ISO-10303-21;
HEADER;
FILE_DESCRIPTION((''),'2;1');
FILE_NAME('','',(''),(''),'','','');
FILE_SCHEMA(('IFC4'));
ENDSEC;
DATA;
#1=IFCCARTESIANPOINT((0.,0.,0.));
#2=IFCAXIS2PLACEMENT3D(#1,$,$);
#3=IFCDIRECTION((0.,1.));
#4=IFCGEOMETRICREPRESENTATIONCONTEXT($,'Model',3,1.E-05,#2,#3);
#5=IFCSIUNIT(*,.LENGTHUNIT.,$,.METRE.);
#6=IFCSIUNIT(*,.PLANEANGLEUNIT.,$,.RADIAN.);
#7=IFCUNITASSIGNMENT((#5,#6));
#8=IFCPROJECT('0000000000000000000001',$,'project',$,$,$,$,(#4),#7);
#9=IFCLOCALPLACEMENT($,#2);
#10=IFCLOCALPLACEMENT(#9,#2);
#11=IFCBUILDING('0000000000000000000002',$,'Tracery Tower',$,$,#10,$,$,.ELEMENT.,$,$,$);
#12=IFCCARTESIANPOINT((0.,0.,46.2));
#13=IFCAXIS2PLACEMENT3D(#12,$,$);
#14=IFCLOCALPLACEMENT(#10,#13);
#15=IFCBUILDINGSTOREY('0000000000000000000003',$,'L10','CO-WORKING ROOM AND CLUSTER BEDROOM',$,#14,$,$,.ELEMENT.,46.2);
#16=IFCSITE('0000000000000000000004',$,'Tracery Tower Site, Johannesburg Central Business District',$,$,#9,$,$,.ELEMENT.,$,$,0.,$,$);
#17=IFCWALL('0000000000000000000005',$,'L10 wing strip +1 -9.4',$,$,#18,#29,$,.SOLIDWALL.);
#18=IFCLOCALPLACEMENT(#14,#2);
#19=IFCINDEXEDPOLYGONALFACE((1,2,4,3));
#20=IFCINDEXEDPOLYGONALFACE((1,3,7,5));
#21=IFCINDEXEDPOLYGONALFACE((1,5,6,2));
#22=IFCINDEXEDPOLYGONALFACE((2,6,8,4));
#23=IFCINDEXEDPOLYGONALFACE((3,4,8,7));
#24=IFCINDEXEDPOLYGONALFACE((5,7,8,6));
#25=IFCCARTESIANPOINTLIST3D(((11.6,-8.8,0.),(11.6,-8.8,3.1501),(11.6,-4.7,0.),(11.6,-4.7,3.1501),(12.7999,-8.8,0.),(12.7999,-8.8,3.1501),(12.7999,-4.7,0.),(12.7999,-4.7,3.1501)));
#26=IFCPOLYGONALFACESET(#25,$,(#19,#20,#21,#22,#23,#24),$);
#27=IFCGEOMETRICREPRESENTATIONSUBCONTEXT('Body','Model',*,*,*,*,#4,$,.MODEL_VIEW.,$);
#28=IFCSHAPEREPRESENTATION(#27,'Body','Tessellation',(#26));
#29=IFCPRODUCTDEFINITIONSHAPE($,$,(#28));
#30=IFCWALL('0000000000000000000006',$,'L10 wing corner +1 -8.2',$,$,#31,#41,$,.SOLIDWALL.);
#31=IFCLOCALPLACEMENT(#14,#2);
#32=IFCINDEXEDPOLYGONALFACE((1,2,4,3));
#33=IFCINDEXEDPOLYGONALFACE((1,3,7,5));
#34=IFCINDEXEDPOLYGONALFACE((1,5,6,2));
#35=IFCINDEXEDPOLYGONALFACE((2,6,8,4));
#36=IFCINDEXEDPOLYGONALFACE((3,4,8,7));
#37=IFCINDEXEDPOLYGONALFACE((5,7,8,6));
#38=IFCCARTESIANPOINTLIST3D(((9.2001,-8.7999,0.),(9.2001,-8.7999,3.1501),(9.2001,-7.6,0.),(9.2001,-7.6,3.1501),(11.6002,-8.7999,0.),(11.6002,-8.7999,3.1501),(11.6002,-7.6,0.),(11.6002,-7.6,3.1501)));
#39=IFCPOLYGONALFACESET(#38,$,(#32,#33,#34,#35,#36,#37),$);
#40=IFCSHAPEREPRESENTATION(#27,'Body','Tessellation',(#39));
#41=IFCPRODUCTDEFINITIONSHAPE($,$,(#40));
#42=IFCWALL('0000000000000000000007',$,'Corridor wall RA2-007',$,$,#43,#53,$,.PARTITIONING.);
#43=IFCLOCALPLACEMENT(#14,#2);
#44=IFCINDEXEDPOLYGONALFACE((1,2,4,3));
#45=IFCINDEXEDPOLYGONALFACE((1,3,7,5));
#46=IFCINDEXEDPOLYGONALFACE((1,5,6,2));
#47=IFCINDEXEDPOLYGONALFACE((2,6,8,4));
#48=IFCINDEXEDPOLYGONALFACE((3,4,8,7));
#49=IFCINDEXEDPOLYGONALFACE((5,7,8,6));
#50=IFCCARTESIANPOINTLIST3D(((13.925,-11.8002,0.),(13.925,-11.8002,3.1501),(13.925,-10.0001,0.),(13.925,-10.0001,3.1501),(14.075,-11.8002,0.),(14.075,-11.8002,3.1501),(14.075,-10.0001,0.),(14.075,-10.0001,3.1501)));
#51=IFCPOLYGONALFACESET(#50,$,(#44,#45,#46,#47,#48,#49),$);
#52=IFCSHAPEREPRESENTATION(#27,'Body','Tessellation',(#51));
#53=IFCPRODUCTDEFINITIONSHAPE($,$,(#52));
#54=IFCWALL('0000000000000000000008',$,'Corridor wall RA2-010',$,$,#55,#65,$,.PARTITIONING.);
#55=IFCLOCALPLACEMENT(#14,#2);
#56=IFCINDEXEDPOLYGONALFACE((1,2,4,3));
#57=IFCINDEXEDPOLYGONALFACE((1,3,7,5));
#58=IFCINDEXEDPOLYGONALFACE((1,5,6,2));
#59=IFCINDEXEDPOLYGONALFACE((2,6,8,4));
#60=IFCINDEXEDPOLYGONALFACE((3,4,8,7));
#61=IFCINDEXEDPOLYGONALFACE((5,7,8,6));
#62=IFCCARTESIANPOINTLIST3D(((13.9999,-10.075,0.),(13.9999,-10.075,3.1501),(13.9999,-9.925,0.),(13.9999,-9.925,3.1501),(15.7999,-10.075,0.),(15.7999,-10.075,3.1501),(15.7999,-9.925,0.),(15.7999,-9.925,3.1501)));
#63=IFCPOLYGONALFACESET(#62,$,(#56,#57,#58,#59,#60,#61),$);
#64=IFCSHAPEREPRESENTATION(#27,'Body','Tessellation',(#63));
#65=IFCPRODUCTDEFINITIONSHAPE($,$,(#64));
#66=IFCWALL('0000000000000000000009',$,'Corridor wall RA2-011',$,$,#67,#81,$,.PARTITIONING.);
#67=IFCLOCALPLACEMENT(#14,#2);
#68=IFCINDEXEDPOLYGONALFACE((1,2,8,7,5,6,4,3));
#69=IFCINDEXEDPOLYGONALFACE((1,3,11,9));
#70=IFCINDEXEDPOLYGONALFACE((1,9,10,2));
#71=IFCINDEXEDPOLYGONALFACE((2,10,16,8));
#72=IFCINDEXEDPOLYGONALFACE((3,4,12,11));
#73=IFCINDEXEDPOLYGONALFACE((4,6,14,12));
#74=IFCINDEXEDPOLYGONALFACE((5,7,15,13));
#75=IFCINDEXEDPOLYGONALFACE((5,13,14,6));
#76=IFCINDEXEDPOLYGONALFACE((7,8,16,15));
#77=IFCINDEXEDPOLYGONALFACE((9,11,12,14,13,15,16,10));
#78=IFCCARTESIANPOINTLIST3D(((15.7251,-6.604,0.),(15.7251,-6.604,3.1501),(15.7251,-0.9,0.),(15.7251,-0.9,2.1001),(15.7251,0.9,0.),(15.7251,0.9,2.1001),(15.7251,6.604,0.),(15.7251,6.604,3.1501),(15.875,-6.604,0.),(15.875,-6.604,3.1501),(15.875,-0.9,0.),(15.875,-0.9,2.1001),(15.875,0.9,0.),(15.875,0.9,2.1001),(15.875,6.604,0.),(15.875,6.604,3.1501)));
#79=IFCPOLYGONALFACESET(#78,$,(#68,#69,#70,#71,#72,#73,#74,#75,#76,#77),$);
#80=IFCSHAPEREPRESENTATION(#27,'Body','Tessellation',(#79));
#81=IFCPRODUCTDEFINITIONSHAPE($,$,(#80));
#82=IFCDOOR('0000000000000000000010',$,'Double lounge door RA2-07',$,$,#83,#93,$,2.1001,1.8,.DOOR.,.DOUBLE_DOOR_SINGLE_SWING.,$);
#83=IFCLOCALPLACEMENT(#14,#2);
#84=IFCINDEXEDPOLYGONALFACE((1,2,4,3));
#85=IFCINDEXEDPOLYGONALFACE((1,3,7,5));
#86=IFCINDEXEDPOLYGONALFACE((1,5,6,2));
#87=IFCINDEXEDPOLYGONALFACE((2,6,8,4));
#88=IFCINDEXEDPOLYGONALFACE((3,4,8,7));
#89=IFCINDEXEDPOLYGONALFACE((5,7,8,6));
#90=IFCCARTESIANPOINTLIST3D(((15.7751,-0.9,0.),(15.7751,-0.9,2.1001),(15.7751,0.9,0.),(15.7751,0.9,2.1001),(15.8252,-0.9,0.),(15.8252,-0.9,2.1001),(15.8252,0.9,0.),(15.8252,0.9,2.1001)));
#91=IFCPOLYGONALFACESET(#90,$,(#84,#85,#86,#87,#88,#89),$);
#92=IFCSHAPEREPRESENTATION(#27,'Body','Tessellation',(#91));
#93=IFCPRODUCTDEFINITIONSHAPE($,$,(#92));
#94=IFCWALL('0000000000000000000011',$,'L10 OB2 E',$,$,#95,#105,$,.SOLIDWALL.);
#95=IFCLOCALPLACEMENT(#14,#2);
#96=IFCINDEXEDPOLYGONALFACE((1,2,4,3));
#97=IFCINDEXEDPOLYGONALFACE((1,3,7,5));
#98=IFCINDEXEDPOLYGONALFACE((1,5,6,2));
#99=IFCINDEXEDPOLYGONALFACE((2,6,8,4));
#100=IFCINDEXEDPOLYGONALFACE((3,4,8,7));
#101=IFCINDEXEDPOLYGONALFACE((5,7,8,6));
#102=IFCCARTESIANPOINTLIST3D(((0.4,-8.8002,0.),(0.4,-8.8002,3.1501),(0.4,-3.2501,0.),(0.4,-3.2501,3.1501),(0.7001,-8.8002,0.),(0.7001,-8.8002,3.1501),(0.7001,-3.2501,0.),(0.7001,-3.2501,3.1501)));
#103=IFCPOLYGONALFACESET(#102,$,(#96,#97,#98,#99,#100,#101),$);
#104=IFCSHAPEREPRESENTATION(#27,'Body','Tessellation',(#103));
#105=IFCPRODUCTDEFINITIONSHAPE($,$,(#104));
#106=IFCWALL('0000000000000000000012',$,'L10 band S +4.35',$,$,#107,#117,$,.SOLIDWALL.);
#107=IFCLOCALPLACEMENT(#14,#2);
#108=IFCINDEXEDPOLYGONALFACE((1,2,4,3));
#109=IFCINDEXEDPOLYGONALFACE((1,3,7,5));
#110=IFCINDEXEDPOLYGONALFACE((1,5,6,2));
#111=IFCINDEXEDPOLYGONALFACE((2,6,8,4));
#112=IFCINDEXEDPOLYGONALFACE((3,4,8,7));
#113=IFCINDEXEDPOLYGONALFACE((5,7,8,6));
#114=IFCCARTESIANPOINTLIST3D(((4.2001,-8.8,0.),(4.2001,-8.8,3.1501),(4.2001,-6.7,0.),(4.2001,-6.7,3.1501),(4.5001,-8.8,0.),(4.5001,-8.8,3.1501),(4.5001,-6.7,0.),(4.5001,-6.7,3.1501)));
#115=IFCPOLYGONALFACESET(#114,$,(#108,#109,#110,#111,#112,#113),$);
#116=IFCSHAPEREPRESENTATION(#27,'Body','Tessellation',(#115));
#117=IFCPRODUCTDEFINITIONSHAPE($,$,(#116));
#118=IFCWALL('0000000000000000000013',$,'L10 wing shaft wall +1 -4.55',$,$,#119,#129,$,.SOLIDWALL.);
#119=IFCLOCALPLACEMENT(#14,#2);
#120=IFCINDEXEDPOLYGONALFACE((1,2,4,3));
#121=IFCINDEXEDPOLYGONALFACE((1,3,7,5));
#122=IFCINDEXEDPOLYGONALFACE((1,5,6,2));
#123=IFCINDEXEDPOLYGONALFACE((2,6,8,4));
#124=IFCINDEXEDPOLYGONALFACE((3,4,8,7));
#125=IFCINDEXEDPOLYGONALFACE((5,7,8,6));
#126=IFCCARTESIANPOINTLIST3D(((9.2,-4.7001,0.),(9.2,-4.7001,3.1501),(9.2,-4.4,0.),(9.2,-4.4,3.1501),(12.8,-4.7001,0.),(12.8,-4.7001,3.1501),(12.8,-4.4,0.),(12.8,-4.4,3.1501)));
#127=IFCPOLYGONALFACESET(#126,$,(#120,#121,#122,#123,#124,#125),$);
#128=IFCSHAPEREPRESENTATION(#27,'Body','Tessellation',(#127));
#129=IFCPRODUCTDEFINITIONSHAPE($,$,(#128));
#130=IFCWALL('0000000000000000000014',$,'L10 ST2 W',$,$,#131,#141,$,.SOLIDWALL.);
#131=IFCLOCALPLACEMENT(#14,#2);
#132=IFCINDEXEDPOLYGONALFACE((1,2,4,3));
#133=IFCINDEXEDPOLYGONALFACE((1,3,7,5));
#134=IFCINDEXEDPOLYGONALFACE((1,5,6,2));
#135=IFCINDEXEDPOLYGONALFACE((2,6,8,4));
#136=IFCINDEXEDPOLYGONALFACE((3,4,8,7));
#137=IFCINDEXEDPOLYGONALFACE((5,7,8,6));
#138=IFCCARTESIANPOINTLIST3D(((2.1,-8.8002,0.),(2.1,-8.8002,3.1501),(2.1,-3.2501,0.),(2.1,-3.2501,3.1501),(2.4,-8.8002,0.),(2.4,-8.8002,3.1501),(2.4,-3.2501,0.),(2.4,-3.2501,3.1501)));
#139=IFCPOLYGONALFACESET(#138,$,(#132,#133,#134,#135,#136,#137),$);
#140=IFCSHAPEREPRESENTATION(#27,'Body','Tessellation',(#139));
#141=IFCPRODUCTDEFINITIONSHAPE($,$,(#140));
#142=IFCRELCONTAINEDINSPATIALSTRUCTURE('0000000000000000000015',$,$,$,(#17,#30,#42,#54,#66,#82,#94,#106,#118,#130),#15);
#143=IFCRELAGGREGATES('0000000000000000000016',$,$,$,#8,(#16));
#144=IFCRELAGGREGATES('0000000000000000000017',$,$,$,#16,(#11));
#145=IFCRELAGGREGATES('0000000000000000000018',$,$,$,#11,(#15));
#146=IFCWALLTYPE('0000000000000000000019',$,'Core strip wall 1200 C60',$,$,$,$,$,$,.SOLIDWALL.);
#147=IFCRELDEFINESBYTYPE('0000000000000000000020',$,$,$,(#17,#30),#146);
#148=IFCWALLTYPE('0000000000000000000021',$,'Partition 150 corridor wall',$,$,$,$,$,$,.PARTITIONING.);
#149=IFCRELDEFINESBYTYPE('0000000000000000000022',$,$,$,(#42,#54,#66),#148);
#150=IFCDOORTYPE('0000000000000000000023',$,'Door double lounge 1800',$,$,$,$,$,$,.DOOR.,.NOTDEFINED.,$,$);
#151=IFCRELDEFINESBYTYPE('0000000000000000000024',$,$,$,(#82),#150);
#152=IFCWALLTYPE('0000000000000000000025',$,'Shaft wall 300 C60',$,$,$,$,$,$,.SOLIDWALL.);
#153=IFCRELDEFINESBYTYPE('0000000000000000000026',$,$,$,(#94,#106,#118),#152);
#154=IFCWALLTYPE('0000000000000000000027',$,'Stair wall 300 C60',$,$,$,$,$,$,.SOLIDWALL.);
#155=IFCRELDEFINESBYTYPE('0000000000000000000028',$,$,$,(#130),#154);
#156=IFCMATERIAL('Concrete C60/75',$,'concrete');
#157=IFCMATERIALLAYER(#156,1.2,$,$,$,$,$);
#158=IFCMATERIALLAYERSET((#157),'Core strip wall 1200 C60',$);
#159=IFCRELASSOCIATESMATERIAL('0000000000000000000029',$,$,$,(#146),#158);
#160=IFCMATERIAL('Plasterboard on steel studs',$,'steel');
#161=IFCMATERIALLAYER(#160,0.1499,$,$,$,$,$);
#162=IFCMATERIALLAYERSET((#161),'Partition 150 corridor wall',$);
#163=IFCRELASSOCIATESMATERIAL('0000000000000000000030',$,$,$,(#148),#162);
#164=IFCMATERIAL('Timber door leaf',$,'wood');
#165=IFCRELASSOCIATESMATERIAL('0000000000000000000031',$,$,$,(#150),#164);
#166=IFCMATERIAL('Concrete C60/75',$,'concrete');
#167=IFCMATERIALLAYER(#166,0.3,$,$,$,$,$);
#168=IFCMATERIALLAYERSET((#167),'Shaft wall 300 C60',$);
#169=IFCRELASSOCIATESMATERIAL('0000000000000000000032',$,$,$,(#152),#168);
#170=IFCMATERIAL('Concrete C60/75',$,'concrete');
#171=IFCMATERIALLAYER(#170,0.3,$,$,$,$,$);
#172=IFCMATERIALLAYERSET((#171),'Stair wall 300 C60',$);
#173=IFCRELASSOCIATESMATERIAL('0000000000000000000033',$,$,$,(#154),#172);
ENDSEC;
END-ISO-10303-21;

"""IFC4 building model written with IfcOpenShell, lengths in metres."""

from ifc_helpers import new_model, si_unit, direction, frame, frame_2d, origin, place, context, subcontext, project, spatial, rectangle, extrude, material, layer, layer_set, type_object, element, fill, save


model = new_model("IFC4")

# Units and contexts
model_context = context("Model", 3, precision=1e-05, world=origin(), true_north=direction((0.0, 1.0)))
body_context = subcontext(model_context, "Body", "Model", "MODEL_VIEW")
ifc_project = project(units=[si_unit("LENGTHUNIT", "METRE"), si_unit("PLANEANGLEUNIT", "RADIAN")], contexts=[model_context])

# Site, building, storey
site_placement = place(None, origin())
site = spatial("IfcSite", under=ifc_project, at=site_placement, Name="Tracery Tower Site, Johannesburg Central Business District", CompositionType="ELEMENT", RefElevation=0.0)
building_placement = place(site_placement, origin())
building = spatial("IfcBuilding", under=site, at=building_placement, Name="Tracery Tower", CompositionType="ELEMENT")
storey_placement = place(building_placement, frame((0.0, 0.0, 46.2)))
storey = spatial("IfcBuildingStorey", under=building, at=storey_placement, Name="L10", Description="CO-WORKING ROOM AND CLUSTER BEDROOM", CompositionType="ELEMENT", Elevation=46.2)

# Walls
ifc_material_1 = material(Name="Concrete C60/75", Category="concrete")
ifc_layer_1 = layer(ifc_material_1, 1.2)
ifc_layer_set_1 = layer_set([ifc_layer_1], Name="Core strip wall 1200 C60")
wall_type_1 = type_object("IfcWallType", Name="Core strip wall 1200 C60", PredefinedType="SOLIDWALL", material=ifc_layer_set_1)
wall_1_placement = place(storey_placement, frame((12.2, -8.8, 0.0), z_axis=(0.0, 0.0, 1.0), x_axis=(0.0, 1.0, 0.0)))
element("IfcWall", 1, at=wall_1_placement, inside=storey, type_object=wall_type_1, Name="L10 wing strip +1 -9.4", PredefinedType="SOLIDWALL", context=body_context, shape_type="SweptSolid", body=[
    extrude(rectangle(XDim=4.1001, YDim=1.2, at=frame_2d((2.05, 0.0))), origin(), (0.0, 0.0, 1.0), 3.1501),
])
wall_2_placement = place(storey_placement, frame((9.2, -8.2, 0.0), z_axis=(0.0, 0.0, 1.0), x_axis=(1.0, 0.0, 0.0)))
element("IfcWall", 2, at=wall_2_placement, inside=storey, type_object=wall_type_1, Name="L10 wing corner +1 -8.2", PredefinedType="SOLIDWALL", context=body_context, shape_type="SweptSolid", body=[
    extrude(rectangle(XDim=2.4001, YDim=1.2, at=frame_2d((1.2002, 0.0))), origin(), (0.0, 0.0, 1.0), 3.1501),
])

# Walls
ifc_material_2 = material(Name="Plasterboard on steel studs", Category="steel")
ifc_layer_2 = layer(ifc_material_2, 0.1499)
ifc_layer_set_2 = layer_set([ifc_layer_2], Name="Partition 150 corridor wall")
wall_type_2 = type_object("IfcWallType", Name="Partition 150 corridor wall", PredefinedType="PARTITIONING", material=ifc_layer_set_2)
for number, where, z_axis, x_axis, name in (
    (3, (14.0, -11.8, 0.0), (0.0, 0.0, 1.0), (0.0, 1.0, 0.0), "Corridor wall RA2-007"),
    (4, (14.0, -10.0, 0.0), (0.0, 0.0, 1.0), (1.0, 0.0, 0.0), "Corridor wall RA2-010"),
):
    element("IfcWall", number, at=place(storey_placement, frame(where, z_axis=z_axis, x_axis=x_axis)), inside=storey, type_object=wall_type_2, Name=name, PredefinedType="PARTITIONING", context=body_context, shape_type="SweptSolid", body=[
        extrude(rectangle(XDim=1.8, YDim=0.1499, at=frame_2d((0.8999, 0.0))), origin(), (0.0, 0.0, 1.0), 3.1501),
    ])

# Wall, opening, door
wall_3_placement = place(storey_placement, frame((15.8, -6.604, 0.0), z_axis=(0.0, 0.0, 1.0), x_axis=(0.0, 1.0, 0.0)))
wall_3 = element("IfcWall", 5, at=wall_3_placement, inside=storey, type_object=wall_type_2, Name="Corridor wall RA2-011", PredefinedType="PARTITIONING", context=body_context, shape_type="SweptSolid", body=[
    extrude(rectangle(XDim=13.208, YDim=0.1499, at=frame_2d((6.604, 0.0))), origin(), (0.0, 0.0, 1.0), 3.1501),
])
opening_1_placement = place(wall_3_placement, frame((5.7041, 0.0, 0.0)))
opening_1 = element("IfcOpeningElement", 6, at=opening_1_placement, cuts=wall_3, PredefinedType="OPENING", context=body_context, shape_type="SweptSolid", body=[
    extrude(rectangle(XDim=1.8, YDim=2.1001, at=frame_2d((0.8999, 1.05))), frame((0.0, 0.075, 0.0), z_axis=(0.0, -1.0, 0.0), x_axis=(1.0, 0.0, 0.0)), (0.0, 0.0, 1.0), 0.1499),
])
ifc_material_3 = material(Name="Timber door leaf", Category="wood")
door_type_1 = type_object("IfcDoorType", Name="Door double lounge 1800", OperationType="NOTDEFINED", PredefinedType="DOOR", material=ifc_material_3)
door_1_placement = place(opening_1_placement, origin())
door_1 = element("IfcDoor", 7, at=door_1_placement, inside=storey, type_object=door_type_1, Name="Double lounge door RA2-07", OperationType="DOUBLE_DOOR_SINGLE_SWING", OverallHeight=2.1001, OverallWidth=1.8, PredefinedType="DOOR", context=body_context, shape_type="SweptSolid", body=[
    extrude(rectangle(XDim=1.8, YDim=2.1001, at=frame_2d((0.8999, 1.05))), frame((0.0, 0.0249, 0.0), z_axis=(0.0, -1.0, 0.0), x_axis=(1.0, 0.0, 0.0)), (0.0, 0.0, 1.0), 0.05),
])
fill(opening_1, door_1)

# Walls
ifc_material_4 = material(Name="Concrete C60/75", Category="concrete")
ifc_layer_3 = layer(ifc_material_4, 0.3)
ifc_layer_set_3 = layer_set([ifc_layer_3], Name="Shaft wall 300 C60")
wall_type_3 = type_object("IfcWallType", Name="Shaft wall 300 C60", PredefinedType="SOLIDWALL", material=ifc_layer_set_3)
wall_4_placement = place(storey_placement, frame((0.55, -8.8, 0.0), z_axis=(0.0, 0.0, 1.0), x_axis=(0.0, 1.0, 0.0)))
element("IfcWall", 8, at=wall_4_placement, inside=storey, type_object=wall_type_3, Name="L10 OB2 E", PredefinedType="SOLIDWALL", context=body_context, shape_type="SweptSolid", body=[
    extrude(rectangle(XDim=5.55, YDim=0.3, at=frame_2d((2.7749, 0.0))), origin(), (0.0, 0.0, 1.0), 3.1501),
])
wall_5_placement = place(storey_placement, frame((4.3501, -8.8, 0.0), z_axis=(0.0, 0.0, 1.0), x_axis=(0.0, 1.0, 0.0)))
element("IfcWall", 9, at=wall_5_placement, inside=storey, type_object=wall_type_3, Name="L10 band S +4.35", PredefinedType="SOLIDWALL", context=body_context, shape_type="SweptSolid", body=[
    extrude(rectangle(XDim=2.1001, YDim=0.3, at=frame_2d((1.05, 0.0))), origin(), (0.0, 0.0, 1.0), 3.1501),
])
wall_6_placement = place(storey_placement, frame((9.2, -4.55, 0.0), z_axis=(0.0, 0.0, 1.0), x_axis=(1.0, 0.0, 0.0)))
element("IfcWall", 10, at=wall_6_placement, inside=storey, type_object=wall_type_3, Name="L10 wing shaft wall +1 -4.55", PredefinedType="SOLIDWALL", context=body_context, shape_type="SweptSolid", body=[
    extrude(rectangle(XDim=3.6001, YDim=0.3, at=frame_2d((1.8, 0.0))), origin(), (0.0, 0.0, 1.0), 3.1501),
])

# Shared definitions
ifc_material_5 = material(Name="Concrete C60/75", Category="concrete")
ifc_layer_4 = layer(ifc_material_5, 0.3)
ifc_layer_set_4 = layer_set([ifc_layer_4], Name="Stair wall 300 C60")
wall_type_4 = type_object("IfcWallType", Name="Stair wall 300 C60", PredefinedType="SOLIDWALL", material=ifc_layer_set_4)

# Wall
wall_7_placement = place(storey_placement, frame((2.25, -8.8, 0.0), z_axis=(0.0, 0.0, 1.0), x_axis=(0.0, 1.0, 0.0)))
element("IfcWall", 11, at=wall_7_placement, inside=storey, type_object=wall_type_4, Name="L10 ST2 W", PredefinedType="SOLIDWALL", context=body_context, shape_type="SweptSolid", body=[
    extrude(rectangle(XDim=5.55, YDim=0.3, at=frame_2d((2.7749, 0.0))), origin(), (0.0, 0.0, 1.0), 3.1501),
])

save(model, "model.ifc")
